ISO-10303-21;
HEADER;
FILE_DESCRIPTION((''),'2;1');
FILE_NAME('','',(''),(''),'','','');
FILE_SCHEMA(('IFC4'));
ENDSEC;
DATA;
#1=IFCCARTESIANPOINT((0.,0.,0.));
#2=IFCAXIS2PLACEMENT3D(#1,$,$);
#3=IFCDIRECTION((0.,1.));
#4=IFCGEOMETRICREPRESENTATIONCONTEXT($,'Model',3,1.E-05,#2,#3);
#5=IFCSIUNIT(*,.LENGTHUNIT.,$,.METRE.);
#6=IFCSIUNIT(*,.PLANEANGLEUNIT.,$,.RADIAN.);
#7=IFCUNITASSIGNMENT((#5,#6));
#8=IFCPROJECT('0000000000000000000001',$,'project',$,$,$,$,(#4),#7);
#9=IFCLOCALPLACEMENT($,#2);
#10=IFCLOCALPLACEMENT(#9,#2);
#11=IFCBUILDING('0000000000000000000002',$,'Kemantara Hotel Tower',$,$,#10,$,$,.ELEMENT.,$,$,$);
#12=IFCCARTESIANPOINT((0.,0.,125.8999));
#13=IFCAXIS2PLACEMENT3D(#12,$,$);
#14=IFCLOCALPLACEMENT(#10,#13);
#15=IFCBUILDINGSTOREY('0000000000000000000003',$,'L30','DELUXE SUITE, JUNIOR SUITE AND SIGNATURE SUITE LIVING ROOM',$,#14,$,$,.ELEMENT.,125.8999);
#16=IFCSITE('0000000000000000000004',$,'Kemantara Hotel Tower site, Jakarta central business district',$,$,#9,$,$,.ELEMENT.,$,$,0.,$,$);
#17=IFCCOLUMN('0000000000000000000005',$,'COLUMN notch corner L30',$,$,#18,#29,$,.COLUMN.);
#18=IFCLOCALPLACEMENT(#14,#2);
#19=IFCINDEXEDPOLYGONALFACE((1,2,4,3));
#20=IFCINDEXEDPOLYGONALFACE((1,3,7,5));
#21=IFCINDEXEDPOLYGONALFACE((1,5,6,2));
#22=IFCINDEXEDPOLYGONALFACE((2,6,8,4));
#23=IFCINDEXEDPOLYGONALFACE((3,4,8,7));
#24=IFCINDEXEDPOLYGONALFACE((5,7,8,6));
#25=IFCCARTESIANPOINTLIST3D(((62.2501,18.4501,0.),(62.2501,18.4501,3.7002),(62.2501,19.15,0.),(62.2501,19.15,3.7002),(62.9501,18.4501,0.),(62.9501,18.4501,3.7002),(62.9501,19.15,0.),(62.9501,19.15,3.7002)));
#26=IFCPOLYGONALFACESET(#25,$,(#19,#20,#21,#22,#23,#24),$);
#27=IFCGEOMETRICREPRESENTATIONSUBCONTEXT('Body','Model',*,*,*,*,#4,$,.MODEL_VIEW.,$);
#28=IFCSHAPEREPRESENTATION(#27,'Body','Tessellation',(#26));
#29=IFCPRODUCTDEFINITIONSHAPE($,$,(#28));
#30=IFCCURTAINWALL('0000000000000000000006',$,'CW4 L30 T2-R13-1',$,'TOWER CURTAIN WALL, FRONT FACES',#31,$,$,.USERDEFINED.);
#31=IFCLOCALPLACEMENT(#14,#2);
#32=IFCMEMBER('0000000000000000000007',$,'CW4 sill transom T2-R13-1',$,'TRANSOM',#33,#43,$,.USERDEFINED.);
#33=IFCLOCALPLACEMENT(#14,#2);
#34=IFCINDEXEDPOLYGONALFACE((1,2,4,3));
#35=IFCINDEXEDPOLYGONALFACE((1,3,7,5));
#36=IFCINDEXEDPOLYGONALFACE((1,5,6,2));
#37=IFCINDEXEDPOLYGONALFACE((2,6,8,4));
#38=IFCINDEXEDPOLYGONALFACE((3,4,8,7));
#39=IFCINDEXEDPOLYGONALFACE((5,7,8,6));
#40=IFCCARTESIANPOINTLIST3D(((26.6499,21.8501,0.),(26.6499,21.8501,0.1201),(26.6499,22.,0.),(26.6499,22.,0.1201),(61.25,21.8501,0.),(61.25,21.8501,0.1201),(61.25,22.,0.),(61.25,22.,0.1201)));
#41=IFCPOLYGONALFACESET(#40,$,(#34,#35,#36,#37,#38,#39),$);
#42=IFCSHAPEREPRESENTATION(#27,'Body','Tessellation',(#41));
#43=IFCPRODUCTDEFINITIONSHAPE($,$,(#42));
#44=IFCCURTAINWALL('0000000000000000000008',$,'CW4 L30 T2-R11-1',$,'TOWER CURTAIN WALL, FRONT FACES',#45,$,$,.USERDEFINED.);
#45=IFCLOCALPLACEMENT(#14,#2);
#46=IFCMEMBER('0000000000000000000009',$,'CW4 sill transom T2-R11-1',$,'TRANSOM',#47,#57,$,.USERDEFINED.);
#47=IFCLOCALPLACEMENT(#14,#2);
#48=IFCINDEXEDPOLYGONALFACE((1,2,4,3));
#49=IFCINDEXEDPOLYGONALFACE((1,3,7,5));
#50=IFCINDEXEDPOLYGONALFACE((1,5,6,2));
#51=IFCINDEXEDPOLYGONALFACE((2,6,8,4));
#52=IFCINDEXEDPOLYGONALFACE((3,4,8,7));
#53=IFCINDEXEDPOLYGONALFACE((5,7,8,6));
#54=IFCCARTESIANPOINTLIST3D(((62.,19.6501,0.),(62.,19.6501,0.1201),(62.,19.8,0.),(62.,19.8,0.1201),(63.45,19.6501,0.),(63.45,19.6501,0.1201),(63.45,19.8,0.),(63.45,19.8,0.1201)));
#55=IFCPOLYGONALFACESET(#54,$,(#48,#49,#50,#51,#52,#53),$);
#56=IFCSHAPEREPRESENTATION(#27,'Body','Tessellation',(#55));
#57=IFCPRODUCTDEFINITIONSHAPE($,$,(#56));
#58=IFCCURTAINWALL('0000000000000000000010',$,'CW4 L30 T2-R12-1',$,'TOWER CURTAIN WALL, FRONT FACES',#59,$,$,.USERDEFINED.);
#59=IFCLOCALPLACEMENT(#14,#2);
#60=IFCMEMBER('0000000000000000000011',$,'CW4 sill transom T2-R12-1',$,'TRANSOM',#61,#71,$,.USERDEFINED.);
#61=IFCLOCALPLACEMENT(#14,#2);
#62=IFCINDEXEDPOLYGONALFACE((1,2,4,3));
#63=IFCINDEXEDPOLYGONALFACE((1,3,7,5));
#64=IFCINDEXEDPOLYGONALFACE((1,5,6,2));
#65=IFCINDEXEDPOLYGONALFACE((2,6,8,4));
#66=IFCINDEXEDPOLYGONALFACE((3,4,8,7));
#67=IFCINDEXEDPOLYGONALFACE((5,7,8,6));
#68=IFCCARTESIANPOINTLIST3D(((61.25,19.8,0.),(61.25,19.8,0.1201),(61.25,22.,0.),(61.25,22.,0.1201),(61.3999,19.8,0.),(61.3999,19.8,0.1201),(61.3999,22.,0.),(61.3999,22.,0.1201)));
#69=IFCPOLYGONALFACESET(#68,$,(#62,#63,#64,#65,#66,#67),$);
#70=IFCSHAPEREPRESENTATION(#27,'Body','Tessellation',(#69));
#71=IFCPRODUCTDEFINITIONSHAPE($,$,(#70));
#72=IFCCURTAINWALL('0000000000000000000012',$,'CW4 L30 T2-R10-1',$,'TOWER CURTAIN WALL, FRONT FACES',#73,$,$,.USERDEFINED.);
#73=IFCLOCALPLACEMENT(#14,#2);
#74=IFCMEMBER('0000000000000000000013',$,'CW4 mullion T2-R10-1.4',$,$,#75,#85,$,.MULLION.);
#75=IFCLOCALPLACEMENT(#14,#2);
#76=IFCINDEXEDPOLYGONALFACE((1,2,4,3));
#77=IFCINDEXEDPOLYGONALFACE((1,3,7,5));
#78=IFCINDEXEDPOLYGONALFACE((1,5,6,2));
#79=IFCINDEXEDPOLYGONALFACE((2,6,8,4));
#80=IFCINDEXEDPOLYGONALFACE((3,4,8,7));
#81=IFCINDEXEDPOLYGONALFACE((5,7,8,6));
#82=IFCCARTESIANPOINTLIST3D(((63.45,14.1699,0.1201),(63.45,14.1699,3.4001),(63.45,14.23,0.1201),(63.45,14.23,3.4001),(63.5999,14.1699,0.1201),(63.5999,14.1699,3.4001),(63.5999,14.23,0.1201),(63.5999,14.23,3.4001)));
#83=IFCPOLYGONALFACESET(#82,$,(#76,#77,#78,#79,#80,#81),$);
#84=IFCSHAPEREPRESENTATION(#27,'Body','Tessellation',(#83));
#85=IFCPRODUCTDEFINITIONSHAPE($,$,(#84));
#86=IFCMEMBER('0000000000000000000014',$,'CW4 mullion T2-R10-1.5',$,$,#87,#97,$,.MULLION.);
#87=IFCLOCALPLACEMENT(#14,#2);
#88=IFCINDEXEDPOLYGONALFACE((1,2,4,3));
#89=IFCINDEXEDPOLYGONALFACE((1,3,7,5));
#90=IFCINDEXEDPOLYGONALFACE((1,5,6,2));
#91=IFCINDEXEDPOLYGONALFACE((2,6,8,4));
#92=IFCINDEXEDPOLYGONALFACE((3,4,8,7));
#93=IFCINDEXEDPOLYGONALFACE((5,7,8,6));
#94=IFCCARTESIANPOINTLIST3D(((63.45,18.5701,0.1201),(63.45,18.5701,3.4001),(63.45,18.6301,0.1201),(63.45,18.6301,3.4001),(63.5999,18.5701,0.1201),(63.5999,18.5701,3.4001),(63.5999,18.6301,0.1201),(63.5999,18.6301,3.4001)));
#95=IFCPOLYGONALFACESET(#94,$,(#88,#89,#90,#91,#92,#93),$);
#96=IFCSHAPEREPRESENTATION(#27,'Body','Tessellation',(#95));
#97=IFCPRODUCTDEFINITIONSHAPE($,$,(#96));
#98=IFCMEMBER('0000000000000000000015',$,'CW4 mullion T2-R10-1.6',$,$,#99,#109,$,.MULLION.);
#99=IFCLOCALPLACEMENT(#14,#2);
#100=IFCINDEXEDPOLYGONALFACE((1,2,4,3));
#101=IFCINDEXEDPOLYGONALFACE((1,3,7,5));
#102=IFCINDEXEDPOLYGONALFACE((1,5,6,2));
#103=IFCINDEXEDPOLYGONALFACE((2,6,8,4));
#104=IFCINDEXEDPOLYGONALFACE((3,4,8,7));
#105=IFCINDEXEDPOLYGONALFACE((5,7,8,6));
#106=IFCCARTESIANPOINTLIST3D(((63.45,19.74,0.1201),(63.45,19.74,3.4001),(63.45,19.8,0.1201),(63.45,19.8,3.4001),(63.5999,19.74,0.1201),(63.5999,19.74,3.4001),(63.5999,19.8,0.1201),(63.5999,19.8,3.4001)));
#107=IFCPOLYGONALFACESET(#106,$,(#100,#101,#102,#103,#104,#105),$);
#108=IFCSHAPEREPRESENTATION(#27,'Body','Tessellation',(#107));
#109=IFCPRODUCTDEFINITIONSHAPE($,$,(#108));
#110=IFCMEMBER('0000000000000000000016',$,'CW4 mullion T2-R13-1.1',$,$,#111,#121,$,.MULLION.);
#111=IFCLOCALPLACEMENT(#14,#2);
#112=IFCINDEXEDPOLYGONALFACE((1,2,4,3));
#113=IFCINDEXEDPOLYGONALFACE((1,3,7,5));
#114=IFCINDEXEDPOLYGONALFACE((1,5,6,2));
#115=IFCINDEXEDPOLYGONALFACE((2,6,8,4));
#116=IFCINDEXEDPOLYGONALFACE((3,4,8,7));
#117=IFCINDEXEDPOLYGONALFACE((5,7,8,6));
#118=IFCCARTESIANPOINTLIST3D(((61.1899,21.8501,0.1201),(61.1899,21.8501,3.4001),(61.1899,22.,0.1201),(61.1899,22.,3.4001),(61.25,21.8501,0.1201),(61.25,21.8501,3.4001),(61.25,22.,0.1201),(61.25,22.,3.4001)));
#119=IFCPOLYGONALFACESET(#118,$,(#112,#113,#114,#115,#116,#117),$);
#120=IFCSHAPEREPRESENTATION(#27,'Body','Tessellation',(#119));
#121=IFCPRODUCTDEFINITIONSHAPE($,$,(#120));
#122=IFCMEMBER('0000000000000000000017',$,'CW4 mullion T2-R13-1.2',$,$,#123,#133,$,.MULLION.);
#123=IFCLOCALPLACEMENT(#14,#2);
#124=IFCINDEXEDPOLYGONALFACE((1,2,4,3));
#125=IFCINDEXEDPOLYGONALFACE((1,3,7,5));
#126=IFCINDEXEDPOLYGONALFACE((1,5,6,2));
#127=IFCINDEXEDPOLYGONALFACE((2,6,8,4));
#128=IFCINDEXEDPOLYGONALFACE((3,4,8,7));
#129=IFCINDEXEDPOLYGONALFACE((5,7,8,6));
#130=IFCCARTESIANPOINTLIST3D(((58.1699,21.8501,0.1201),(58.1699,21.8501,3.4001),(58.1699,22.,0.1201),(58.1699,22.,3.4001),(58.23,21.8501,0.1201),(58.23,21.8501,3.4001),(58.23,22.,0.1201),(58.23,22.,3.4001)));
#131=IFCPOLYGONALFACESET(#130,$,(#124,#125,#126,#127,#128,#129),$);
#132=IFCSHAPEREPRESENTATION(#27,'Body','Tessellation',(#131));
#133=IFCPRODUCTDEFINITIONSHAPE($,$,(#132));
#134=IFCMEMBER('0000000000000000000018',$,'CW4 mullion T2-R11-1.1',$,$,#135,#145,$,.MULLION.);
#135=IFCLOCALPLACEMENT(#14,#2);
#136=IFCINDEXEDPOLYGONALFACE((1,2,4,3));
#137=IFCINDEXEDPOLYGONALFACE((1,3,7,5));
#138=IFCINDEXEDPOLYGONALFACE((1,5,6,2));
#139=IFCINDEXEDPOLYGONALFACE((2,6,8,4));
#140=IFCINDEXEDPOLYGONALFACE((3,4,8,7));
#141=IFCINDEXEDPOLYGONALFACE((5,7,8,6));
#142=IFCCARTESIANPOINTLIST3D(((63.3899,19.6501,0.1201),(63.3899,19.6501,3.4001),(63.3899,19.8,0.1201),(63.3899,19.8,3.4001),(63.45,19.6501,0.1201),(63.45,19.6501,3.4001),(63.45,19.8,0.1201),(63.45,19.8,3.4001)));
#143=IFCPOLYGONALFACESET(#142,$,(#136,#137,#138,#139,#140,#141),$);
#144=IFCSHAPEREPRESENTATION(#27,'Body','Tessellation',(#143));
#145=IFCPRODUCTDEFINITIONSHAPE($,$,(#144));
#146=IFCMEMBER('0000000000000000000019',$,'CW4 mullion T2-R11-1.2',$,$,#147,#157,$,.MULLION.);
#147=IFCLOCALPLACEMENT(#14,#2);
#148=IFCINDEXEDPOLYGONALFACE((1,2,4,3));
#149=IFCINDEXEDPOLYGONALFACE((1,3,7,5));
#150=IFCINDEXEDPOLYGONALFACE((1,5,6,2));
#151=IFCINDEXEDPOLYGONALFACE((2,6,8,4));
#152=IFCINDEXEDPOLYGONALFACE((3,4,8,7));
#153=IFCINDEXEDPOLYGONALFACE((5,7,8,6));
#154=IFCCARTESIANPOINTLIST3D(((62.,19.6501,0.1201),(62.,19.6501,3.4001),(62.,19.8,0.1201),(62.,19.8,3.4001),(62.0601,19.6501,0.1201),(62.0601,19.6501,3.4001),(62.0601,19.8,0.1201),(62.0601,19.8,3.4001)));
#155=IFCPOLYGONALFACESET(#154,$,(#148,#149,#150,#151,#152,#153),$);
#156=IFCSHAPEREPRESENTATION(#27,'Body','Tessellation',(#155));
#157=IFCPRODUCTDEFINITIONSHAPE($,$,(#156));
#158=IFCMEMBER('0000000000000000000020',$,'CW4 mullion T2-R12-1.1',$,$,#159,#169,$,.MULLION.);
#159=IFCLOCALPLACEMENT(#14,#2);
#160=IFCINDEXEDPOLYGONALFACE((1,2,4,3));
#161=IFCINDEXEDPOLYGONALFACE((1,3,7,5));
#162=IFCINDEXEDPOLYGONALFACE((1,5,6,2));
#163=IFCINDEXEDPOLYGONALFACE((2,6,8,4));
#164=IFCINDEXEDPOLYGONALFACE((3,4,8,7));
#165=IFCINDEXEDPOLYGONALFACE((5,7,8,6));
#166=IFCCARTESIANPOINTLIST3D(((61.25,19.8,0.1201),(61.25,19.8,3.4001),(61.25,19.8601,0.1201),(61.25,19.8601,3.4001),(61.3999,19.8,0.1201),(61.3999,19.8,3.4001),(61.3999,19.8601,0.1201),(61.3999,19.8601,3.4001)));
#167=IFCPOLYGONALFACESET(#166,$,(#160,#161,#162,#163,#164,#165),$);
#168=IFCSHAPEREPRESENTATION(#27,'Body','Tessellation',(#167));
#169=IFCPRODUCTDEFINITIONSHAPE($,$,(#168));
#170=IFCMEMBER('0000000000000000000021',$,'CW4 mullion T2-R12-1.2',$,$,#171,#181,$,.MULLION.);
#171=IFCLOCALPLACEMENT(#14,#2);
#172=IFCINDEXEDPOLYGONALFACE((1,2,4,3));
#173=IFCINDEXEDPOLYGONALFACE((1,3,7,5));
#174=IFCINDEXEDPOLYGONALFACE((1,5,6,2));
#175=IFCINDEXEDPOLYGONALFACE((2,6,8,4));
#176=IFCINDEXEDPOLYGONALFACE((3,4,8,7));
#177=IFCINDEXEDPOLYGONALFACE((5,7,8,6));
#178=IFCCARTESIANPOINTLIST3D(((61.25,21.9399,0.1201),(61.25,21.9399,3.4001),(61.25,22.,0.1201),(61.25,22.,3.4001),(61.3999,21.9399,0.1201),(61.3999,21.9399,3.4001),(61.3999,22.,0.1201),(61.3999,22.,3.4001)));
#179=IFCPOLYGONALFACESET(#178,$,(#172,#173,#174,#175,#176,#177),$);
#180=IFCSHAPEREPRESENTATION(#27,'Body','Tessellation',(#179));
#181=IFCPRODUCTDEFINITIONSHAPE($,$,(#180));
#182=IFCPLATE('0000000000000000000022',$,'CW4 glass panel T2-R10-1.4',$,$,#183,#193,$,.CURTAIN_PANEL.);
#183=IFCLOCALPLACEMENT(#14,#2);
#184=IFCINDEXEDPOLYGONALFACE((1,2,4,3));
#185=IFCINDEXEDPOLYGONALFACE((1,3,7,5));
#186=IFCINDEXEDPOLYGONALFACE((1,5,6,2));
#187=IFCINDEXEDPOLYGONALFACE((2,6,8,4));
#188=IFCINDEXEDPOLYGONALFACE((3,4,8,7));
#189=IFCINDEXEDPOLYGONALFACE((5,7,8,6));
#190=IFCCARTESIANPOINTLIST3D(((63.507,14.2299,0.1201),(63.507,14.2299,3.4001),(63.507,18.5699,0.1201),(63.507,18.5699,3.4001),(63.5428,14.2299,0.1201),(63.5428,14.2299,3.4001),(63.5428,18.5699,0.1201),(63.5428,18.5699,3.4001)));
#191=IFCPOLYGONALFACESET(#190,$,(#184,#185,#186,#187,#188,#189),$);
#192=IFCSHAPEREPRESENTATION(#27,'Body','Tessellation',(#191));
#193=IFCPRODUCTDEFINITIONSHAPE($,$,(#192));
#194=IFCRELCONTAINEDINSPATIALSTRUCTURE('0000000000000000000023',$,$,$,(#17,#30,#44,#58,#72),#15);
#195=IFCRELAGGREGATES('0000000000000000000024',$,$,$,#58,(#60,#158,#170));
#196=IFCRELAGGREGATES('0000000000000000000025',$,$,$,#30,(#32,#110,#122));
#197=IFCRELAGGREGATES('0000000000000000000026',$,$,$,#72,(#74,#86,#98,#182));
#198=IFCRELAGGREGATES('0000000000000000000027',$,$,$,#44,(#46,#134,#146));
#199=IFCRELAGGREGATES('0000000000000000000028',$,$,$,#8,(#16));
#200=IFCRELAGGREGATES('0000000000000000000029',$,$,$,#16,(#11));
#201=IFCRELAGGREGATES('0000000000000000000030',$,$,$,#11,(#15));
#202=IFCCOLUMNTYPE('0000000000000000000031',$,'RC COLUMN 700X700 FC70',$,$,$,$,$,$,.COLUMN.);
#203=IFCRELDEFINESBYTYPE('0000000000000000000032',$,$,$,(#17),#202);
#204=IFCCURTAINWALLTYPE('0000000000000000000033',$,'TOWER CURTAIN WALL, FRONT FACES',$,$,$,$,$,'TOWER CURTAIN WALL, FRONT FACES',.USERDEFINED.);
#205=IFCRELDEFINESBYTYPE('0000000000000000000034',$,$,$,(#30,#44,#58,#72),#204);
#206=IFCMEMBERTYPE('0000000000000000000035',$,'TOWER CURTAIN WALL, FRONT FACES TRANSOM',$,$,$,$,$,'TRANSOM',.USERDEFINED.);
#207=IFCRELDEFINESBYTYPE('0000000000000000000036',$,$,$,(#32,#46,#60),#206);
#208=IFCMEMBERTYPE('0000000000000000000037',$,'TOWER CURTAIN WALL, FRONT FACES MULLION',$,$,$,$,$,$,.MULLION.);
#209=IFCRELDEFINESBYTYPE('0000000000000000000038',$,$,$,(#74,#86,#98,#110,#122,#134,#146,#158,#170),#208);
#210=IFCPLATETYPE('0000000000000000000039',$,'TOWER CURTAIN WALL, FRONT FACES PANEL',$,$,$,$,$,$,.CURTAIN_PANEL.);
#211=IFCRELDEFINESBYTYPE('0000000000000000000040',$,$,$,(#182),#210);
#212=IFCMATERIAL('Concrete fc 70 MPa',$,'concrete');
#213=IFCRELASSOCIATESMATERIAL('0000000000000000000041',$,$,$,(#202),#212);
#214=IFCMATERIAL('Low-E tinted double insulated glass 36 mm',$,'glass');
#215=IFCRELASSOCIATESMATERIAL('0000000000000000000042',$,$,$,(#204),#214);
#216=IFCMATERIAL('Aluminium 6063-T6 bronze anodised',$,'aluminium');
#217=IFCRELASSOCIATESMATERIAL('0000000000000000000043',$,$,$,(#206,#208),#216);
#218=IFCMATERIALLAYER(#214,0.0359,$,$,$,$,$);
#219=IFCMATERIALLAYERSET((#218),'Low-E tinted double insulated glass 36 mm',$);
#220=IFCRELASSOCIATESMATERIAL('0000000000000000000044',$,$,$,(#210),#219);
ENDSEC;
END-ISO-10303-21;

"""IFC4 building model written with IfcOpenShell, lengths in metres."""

from ifc_helpers import new_model, si_unit, direction, frame, origin, origin_2d, place, context, subcontext, project, spatial, rectangle, extrude, source, transform, mapped, material, layer, layer_set, material_profile, profile_set, type_object, element, aggregate, save


model = new_model("IFC4")

# Units and contexts
model_context = context("Model", 3, precision=1e-05, world=origin(), true_north=direction((0.0, 1.0)))
body_context = subcontext(model_context, "Body", "Model", "MODEL_VIEW")
ifc_project = project(units=[si_unit("LENGTHUNIT", "METRE"), si_unit("PLANEANGLEUNIT", "RADIAN")], contexts=[model_context])

# Site, building, storey
site_placement = place(None, origin())
site = spatial("IfcSite", under=ifc_project, at=site_placement, Name="Kemantara Hotel Tower site, Jakarta central business district", CompositionType="ELEMENT", RefElevation=0.0)
building_placement = place(site_placement, origin())
building = spatial("IfcBuilding", under=site, at=building_placement, Name="Kemantara Hotel Tower", CompositionType="ELEMENT")
storey_placement = place(building_placement, frame((0.0, 0.0, 125.8999)))
storey = spatial("IfcBuildingStorey", under=building, at=storey_placement, Name="L30", Description="DELUXE SUITE, JUNIOR SUITE AND SIGNATURE SUITE LIVING ROOM", CompositionType="ELEMENT", Elevation=125.8999)

# Column
ifc_material_1 = material(Name="Concrete fc 70 MPa", Category="concrete")
ifc_material_profile_1 = material_profile(ifc_material_1, rectangle(XDim=0.7, YDim=0.7, at=origin_2d()), Name="RC 700X700")
ifc_profile_set_1 = profile_set([ifc_material_profile_1], Name="Concrete fc 70 MPa")
column_type = type_object("IfcColumnType", Name="RC COLUMN 700X700 FC70", PredefinedType="COLUMN", material=ifc_profile_set_1)
column_placement = place(storey_placement, frame((62.6001, 18.8, 0.0), z_axis=(0.0, 0.0, 1.0), x_axis=(1.0, 0.0, 0.0)))
element("IfcColumn", 1, at=column_placement, inside=storey, type_object=column_type, Name="COLUMN notch corner L30", PredefinedType="COLUMN", context=body_context, shape_type="SweptSolid", body=[
    extrude(rectangle(XDim=0.7, YDim=0.7, at=origin_2d()), origin(), (0.0, 0.0, 1.0), 3.7002),
])

# Curtain walls, members
ifc_material_2 = material(Name="Low-E tinted double insulated glass 36 mm", Category="glass")
curtain_wall_type = type_object("IfcCurtainWallType", Name="TOWER CURTAIN WALL, FRONT FACES", ElementType="TOWER CURTAIN WALL, FRONT FACES", PredefinedType="USERDEFINED", material=ifc_material_2)
curtain_wall_1_placement = place(storey_placement, origin())
curtain_wall_1 = element("IfcCurtainWall", 2, at=curtain_wall_1_placement, inside=storey, type_object=curtain_wall_type, Name="CW4 L30 T2-R13-1", ObjectType="TOWER CURTAIN WALL, FRONT FACES", PredefinedType="USERDEFINED")
ifc_material_3 = material(Name="Aluminium 6063-T6 bronze anodised", Category="aluminium")
ifc_material_profile_2 = material_profile(ifc_material_3, rectangle(XDim=0.1499, YDim=0.1201, at=origin_2d()), Name="TOWER CURTAIN WALL, FRONT FACES TRANSOM")
ifc_profile_set_2 = profile_set([ifc_material_profile_2], Name="Aluminium 6063-T6 bronze anodised")
member_type_1 = type_object("IfcMemberType", Name="TOWER CURTAIN WALL, FRONT FACES TRANSOM", ElementType="TRANSOM", PredefinedType="USERDEFINED", material=ifc_profile_set_2)
member_1_placement = place(storey_placement, frame((61.25, 21.925, 0.0601), z_axis=(-1.0, 0.0, 0.0), x_axis=(0.0, -1.0, 0.0)))
member_1 = element("IfcMember", 3, at=member_1_placement, type_object=member_type_1, Name="CW4 sill transom T2-R13-1", ObjectType="TRANSOM", PredefinedType="USERDEFINED", context=body_context, shape_type="SweptSolid", body=[
    extrude(rectangle(XDim=0.1499, YDim=0.1201, at=origin_2d()), origin(), (0.0, 0.0, 1.0), 34.6001),
])
curtain_wall_2_placement = place(storey_placement, origin())
curtain_wall_2 = element("IfcCurtainWall", 4, at=curtain_wall_2_placement, inside=storey, type_object=curtain_wall_type, Name="CW4 L30 T2-R11-1", ObjectType="TOWER CURTAIN WALL, FRONT FACES", PredefinedType="USERDEFINED")
member_2_placement = place(storey_placement, frame((63.45, 19.7251, 0.0601), z_axis=(-1.0, 0.0, 0.0), x_axis=(0.0, -1.0, 0.0)))
member_2 = element("IfcMember", 5, at=member_2_placement, type_object=member_type_1, Name="CW4 sill transom T2-R11-1", ObjectType="TRANSOM", PredefinedType="USERDEFINED", context=body_context, shape_type="SweptSolid", body=[
    extrude(rectangle(XDim=0.1499, YDim=0.1201, at=origin_2d()), origin(), (0.0, 0.0, 1.0), 1.45),
])
curtain_wall_3_placement = place(storey_placement, origin())
curtain_wall_3 = element("IfcCurtainWall", 6, at=curtain_wall_3_placement, inside=storey, type_object=curtain_wall_type, Name="CW4 L30 T2-R12-1", ObjectType="TOWER CURTAIN WALL, FRONT FACES", PredefinedType="USERDEFINED")
member_3_placement = place(storey_placement, frame((61.325, 19.8, 0.0601), z_axis=(0.0, 1.0, 0.0), x_axis=(-1.0, 0.0, 0.0)))
member_3 = element("IfcMember", 7, at=member_3_placement, type_object=member_type_1, Name="CW4 sill transom T2-R12-1", ObjectType="TRANSOM", PredefinedType="USERDEFINED", context=body_context, shape_type="SweptSolid", body=[
    extrude(rectangle(XDim=0.1499, YDim=0.1201, at=origin_2d()), origin(), (0.0, 0.0, 1.0), 2.2),
])

# Curtain wall, members
curtain_wall_4_placement = place(storey_placement, origin())
curtain_wall_4 = element("IfcCurtainWall", 8, at=curtain_wall_4_placement, inside=storey, type_object=curtain_wall_type, Name="CW4 L30 T2-R10-1", ObjectType="TOWER CURTAIN WALL, FRONT FACES", PredefinedType="USERDEFINED")
ifc_material_profile_3 = material_profile(ifc_material_3, rectangle(XDim=0.1499, YDim=0.0601, at=origin_2d()), Name="TOWER CURTAIN WALL, FRONT FACES MULLION")
ifc_profile_set_3 = profile_set([ifc_material_profile_3], Name="Aluminium 6063-T6 bronze anodised")
member_type_2 = type_object("IfcMemberType", Name="TOWER CURTAIN WALL, FRONT FACES MULLION", PredefinedType="MULLION", material=ifc_profile_set_3)
shared_shape_1 = source(origin(), body_context, "Body", "SweptSolid", [
    extrude(rectangle(XDim=0.1499, YDim=0.0601, at=origin_2d()), origin(), (0.0, 0.0, 1.0), 3.28),
])
member_4_placement = place(storey_placement, frame((63.5249, 14.2, 0.1201), z_axis=(0.0, 0.0, 1.0), x_axis=(-1.0, 0.0, 0.0)))
member_4 = element("IfcMember", 9, at=member_4_placement, type_object=member_type_2, Name="CW4 mullion T2-R10-1.4", PredefinedType="MULLION", context=body_context, shape_type="MappedRepresentation", body=[
    mapped(shared_shape_1, transform((0.0, 0.0, 0.0))),
])
member_5_placement = place(storey_placement, frame((63.5249, 18.6001, 0.1201), z_axis=(0.0, 0.0, 1.0), x_axis=(-1.0, 0.0, 0.0)))
member_5 = element("IfcMember", 10, at=member_5_placement, type_object=member_type_2, Name="CW4 mullion T2-R10-1.5", PredefinedType="MULLION", context=body_context, shape_type="MappedRepresentation", body=[
    mapped(shared_shape_1, transform((0.0, 0.0, 0.0))),
])
member_6_placement = place(storey_placement, frame((63.5249, 19.77, 0.1201), z_axis=(0.0, 0.0, 1.0), x_axis=(-1.0, 0.0, 0.0)))
member_6 = element("IfcMember", 11, at=member_6_placement, type_object=member_type_2, Name="CW4 mullion T2-R10-1.6", PredefinedType="MULLION", context=body_context, shape_type="MappedRepresentation", body=[
    mapped(shared_shape_1, transform((0.0, 0.0, 0.0))),
])

# Members
member_7_placement = place(storey_placement, frame((61.22, 21.925, 0.1201), z_axis=(0.0, 0.0, 1.0), x_axis=(0.0, -1.0, 0.0)))
member_7 = element("IfcMember", 12, at=member_7_placement, type_object=member_type_2, Name="CW4 mullion T2-R13-1.1", PredefinedType="MULLION", context=body_context, shape_type="MappedRepresentation", body=[
    mapped(shared_shape_1, transform((0.0, 0.0, 0.0))),
])
member_8_placement = place(storey_placement, frame((58.2, 21.925, 0.1201), z_axis=(0.0, 0.0, 1.0), x_axis=(0.0, -1.0, 0.0)))
member_8 = element("IfcMember", 13, at=member_8_placement, type_object=member_type_2, Name="CW4 mullion T2-R13-1.2", PredefinedType="MULLION", context=body_context, shape_type="MappedRepresentation", body=[
    mapped(shared_shape_1, transform((0.0, 0.0, 0.0))),
])
member_9_placement = place(storey_placement, frame((63.4199, 19.7251, 0.1201), z_axis=(0.0, 0.0, 1.0), x_axis=(0.0, -1.0, 0.0)))
member_9 = element("IfcMember", 14, at=member_9_placement, type_object=member_type_2, Name="CW4 mullion T2-R11-1.1", PredefinedType="MULLION", context=body_context, shape_type="MappedRepresentation", body=[
    mapped(shared_shape_1, transform((0.0, 0.0, 0.0))),
])
member_10_placement = place(storey_placement, frame((62.03, 19.7251, 0.1201), z_axis=(0.0, 0.0, 1.0), x_axis=(0.0, -1.0, 0.0)))
member_10 = element("IfcMember", 15, at=member_10_placement, type_object=member_type_2, Name="CW4 mullion T2-R11-1.2", PredefinedType="MULLION", context=body_context, shape_type="MappedRepresentation", body=[
    mapped(shared_shape_1, transform((0.0, 0.0, 0.0))),
])
member_11_placement = place(storey_placement, frame((61.325, 19.8301, 0.1201), z_axis=(0.0, 0.0, 1.0), x_axis=(-1.0, 0.0, 0.0)))
member_11 = element("IfcMember", 16, at=member_11_placement, type_object=member_type_2, Name="CW4 mullion T2-R12-1.1", PredefinedType="MULLION", context=body_context, shape_type="MappedRepresentation", body=[
    mapped(shared_shape_1, transform((0.0, 0.0, 0.0))),
])
member_12_placement = place(storey_placement, frame((61.325, 21.97, 0.1201), z_axis=(0.0, 0.0, 1.0), x_axis=(-1.0, 0.0, 0.0)))
member_12 = element("IfcMember", 17, at=member_12_placement, type_object=member_type_2, Name="CW4 mullion T2-R12-1.2", PredefinedType="MULLION", context=body_context, shape_type="MappedRepresentation", body=[
    mapped(shared_shape_1, transform((0.0, 0.0, 0.0))),
])

# Plate
ifc_layer_1 = layer(ifc_material_2, 0.0359)
ifc_layer_set_1 = layer_set([ifc_layer_1], Name="Low-E tinted double insulated glass 36 mm")
plate_type = type_object("IfcPlateType", Name="TOWER CURTAIN WALL, FRONT FACES PANEL", PredefinedType="CURTAIN_PANEL", material=ifc_layer_set_1)
shared_shape_2 = source(origin(), body_context, "Body", "SweptSolid", [
    extrude(rectangle(XDim=4.3401, YDim=0.0359, at=origin_2d()), origin(), (0.0, 0.0, 1.0), 3.28),
])
plate_1_placement = place(storey_placement, frame((63.5249, 16.3999, 0.1201), z_axis=(0.0, 0.0, 1.0), x_axis=(0.0, 1.0, 0.0)))
plate_1 = element("IfcPlate", 18, at=plate_1_placement, type_object=plate_type, Name="CW4 glass panel T2-R10-1.4", PredefinedType="CURTAIN_PANEL", context=body_context, shape_type="MappedRepresentation", body=[
    mapped(shared_shape_2, transform((0.0, 0.0, 0.0))),
])
aggregate(curtain_wall_3, [member_3, member_11, member_12])
aggregate(curtain_wall_1, [member_1, member_7, member_8])
aggregate(curtain_wall_4, [member_4, member_5, member_6, plate_1])
aggregate(curtain_wall_2, [member_2, member_9, member_10])

save(model, "model.ifc")
